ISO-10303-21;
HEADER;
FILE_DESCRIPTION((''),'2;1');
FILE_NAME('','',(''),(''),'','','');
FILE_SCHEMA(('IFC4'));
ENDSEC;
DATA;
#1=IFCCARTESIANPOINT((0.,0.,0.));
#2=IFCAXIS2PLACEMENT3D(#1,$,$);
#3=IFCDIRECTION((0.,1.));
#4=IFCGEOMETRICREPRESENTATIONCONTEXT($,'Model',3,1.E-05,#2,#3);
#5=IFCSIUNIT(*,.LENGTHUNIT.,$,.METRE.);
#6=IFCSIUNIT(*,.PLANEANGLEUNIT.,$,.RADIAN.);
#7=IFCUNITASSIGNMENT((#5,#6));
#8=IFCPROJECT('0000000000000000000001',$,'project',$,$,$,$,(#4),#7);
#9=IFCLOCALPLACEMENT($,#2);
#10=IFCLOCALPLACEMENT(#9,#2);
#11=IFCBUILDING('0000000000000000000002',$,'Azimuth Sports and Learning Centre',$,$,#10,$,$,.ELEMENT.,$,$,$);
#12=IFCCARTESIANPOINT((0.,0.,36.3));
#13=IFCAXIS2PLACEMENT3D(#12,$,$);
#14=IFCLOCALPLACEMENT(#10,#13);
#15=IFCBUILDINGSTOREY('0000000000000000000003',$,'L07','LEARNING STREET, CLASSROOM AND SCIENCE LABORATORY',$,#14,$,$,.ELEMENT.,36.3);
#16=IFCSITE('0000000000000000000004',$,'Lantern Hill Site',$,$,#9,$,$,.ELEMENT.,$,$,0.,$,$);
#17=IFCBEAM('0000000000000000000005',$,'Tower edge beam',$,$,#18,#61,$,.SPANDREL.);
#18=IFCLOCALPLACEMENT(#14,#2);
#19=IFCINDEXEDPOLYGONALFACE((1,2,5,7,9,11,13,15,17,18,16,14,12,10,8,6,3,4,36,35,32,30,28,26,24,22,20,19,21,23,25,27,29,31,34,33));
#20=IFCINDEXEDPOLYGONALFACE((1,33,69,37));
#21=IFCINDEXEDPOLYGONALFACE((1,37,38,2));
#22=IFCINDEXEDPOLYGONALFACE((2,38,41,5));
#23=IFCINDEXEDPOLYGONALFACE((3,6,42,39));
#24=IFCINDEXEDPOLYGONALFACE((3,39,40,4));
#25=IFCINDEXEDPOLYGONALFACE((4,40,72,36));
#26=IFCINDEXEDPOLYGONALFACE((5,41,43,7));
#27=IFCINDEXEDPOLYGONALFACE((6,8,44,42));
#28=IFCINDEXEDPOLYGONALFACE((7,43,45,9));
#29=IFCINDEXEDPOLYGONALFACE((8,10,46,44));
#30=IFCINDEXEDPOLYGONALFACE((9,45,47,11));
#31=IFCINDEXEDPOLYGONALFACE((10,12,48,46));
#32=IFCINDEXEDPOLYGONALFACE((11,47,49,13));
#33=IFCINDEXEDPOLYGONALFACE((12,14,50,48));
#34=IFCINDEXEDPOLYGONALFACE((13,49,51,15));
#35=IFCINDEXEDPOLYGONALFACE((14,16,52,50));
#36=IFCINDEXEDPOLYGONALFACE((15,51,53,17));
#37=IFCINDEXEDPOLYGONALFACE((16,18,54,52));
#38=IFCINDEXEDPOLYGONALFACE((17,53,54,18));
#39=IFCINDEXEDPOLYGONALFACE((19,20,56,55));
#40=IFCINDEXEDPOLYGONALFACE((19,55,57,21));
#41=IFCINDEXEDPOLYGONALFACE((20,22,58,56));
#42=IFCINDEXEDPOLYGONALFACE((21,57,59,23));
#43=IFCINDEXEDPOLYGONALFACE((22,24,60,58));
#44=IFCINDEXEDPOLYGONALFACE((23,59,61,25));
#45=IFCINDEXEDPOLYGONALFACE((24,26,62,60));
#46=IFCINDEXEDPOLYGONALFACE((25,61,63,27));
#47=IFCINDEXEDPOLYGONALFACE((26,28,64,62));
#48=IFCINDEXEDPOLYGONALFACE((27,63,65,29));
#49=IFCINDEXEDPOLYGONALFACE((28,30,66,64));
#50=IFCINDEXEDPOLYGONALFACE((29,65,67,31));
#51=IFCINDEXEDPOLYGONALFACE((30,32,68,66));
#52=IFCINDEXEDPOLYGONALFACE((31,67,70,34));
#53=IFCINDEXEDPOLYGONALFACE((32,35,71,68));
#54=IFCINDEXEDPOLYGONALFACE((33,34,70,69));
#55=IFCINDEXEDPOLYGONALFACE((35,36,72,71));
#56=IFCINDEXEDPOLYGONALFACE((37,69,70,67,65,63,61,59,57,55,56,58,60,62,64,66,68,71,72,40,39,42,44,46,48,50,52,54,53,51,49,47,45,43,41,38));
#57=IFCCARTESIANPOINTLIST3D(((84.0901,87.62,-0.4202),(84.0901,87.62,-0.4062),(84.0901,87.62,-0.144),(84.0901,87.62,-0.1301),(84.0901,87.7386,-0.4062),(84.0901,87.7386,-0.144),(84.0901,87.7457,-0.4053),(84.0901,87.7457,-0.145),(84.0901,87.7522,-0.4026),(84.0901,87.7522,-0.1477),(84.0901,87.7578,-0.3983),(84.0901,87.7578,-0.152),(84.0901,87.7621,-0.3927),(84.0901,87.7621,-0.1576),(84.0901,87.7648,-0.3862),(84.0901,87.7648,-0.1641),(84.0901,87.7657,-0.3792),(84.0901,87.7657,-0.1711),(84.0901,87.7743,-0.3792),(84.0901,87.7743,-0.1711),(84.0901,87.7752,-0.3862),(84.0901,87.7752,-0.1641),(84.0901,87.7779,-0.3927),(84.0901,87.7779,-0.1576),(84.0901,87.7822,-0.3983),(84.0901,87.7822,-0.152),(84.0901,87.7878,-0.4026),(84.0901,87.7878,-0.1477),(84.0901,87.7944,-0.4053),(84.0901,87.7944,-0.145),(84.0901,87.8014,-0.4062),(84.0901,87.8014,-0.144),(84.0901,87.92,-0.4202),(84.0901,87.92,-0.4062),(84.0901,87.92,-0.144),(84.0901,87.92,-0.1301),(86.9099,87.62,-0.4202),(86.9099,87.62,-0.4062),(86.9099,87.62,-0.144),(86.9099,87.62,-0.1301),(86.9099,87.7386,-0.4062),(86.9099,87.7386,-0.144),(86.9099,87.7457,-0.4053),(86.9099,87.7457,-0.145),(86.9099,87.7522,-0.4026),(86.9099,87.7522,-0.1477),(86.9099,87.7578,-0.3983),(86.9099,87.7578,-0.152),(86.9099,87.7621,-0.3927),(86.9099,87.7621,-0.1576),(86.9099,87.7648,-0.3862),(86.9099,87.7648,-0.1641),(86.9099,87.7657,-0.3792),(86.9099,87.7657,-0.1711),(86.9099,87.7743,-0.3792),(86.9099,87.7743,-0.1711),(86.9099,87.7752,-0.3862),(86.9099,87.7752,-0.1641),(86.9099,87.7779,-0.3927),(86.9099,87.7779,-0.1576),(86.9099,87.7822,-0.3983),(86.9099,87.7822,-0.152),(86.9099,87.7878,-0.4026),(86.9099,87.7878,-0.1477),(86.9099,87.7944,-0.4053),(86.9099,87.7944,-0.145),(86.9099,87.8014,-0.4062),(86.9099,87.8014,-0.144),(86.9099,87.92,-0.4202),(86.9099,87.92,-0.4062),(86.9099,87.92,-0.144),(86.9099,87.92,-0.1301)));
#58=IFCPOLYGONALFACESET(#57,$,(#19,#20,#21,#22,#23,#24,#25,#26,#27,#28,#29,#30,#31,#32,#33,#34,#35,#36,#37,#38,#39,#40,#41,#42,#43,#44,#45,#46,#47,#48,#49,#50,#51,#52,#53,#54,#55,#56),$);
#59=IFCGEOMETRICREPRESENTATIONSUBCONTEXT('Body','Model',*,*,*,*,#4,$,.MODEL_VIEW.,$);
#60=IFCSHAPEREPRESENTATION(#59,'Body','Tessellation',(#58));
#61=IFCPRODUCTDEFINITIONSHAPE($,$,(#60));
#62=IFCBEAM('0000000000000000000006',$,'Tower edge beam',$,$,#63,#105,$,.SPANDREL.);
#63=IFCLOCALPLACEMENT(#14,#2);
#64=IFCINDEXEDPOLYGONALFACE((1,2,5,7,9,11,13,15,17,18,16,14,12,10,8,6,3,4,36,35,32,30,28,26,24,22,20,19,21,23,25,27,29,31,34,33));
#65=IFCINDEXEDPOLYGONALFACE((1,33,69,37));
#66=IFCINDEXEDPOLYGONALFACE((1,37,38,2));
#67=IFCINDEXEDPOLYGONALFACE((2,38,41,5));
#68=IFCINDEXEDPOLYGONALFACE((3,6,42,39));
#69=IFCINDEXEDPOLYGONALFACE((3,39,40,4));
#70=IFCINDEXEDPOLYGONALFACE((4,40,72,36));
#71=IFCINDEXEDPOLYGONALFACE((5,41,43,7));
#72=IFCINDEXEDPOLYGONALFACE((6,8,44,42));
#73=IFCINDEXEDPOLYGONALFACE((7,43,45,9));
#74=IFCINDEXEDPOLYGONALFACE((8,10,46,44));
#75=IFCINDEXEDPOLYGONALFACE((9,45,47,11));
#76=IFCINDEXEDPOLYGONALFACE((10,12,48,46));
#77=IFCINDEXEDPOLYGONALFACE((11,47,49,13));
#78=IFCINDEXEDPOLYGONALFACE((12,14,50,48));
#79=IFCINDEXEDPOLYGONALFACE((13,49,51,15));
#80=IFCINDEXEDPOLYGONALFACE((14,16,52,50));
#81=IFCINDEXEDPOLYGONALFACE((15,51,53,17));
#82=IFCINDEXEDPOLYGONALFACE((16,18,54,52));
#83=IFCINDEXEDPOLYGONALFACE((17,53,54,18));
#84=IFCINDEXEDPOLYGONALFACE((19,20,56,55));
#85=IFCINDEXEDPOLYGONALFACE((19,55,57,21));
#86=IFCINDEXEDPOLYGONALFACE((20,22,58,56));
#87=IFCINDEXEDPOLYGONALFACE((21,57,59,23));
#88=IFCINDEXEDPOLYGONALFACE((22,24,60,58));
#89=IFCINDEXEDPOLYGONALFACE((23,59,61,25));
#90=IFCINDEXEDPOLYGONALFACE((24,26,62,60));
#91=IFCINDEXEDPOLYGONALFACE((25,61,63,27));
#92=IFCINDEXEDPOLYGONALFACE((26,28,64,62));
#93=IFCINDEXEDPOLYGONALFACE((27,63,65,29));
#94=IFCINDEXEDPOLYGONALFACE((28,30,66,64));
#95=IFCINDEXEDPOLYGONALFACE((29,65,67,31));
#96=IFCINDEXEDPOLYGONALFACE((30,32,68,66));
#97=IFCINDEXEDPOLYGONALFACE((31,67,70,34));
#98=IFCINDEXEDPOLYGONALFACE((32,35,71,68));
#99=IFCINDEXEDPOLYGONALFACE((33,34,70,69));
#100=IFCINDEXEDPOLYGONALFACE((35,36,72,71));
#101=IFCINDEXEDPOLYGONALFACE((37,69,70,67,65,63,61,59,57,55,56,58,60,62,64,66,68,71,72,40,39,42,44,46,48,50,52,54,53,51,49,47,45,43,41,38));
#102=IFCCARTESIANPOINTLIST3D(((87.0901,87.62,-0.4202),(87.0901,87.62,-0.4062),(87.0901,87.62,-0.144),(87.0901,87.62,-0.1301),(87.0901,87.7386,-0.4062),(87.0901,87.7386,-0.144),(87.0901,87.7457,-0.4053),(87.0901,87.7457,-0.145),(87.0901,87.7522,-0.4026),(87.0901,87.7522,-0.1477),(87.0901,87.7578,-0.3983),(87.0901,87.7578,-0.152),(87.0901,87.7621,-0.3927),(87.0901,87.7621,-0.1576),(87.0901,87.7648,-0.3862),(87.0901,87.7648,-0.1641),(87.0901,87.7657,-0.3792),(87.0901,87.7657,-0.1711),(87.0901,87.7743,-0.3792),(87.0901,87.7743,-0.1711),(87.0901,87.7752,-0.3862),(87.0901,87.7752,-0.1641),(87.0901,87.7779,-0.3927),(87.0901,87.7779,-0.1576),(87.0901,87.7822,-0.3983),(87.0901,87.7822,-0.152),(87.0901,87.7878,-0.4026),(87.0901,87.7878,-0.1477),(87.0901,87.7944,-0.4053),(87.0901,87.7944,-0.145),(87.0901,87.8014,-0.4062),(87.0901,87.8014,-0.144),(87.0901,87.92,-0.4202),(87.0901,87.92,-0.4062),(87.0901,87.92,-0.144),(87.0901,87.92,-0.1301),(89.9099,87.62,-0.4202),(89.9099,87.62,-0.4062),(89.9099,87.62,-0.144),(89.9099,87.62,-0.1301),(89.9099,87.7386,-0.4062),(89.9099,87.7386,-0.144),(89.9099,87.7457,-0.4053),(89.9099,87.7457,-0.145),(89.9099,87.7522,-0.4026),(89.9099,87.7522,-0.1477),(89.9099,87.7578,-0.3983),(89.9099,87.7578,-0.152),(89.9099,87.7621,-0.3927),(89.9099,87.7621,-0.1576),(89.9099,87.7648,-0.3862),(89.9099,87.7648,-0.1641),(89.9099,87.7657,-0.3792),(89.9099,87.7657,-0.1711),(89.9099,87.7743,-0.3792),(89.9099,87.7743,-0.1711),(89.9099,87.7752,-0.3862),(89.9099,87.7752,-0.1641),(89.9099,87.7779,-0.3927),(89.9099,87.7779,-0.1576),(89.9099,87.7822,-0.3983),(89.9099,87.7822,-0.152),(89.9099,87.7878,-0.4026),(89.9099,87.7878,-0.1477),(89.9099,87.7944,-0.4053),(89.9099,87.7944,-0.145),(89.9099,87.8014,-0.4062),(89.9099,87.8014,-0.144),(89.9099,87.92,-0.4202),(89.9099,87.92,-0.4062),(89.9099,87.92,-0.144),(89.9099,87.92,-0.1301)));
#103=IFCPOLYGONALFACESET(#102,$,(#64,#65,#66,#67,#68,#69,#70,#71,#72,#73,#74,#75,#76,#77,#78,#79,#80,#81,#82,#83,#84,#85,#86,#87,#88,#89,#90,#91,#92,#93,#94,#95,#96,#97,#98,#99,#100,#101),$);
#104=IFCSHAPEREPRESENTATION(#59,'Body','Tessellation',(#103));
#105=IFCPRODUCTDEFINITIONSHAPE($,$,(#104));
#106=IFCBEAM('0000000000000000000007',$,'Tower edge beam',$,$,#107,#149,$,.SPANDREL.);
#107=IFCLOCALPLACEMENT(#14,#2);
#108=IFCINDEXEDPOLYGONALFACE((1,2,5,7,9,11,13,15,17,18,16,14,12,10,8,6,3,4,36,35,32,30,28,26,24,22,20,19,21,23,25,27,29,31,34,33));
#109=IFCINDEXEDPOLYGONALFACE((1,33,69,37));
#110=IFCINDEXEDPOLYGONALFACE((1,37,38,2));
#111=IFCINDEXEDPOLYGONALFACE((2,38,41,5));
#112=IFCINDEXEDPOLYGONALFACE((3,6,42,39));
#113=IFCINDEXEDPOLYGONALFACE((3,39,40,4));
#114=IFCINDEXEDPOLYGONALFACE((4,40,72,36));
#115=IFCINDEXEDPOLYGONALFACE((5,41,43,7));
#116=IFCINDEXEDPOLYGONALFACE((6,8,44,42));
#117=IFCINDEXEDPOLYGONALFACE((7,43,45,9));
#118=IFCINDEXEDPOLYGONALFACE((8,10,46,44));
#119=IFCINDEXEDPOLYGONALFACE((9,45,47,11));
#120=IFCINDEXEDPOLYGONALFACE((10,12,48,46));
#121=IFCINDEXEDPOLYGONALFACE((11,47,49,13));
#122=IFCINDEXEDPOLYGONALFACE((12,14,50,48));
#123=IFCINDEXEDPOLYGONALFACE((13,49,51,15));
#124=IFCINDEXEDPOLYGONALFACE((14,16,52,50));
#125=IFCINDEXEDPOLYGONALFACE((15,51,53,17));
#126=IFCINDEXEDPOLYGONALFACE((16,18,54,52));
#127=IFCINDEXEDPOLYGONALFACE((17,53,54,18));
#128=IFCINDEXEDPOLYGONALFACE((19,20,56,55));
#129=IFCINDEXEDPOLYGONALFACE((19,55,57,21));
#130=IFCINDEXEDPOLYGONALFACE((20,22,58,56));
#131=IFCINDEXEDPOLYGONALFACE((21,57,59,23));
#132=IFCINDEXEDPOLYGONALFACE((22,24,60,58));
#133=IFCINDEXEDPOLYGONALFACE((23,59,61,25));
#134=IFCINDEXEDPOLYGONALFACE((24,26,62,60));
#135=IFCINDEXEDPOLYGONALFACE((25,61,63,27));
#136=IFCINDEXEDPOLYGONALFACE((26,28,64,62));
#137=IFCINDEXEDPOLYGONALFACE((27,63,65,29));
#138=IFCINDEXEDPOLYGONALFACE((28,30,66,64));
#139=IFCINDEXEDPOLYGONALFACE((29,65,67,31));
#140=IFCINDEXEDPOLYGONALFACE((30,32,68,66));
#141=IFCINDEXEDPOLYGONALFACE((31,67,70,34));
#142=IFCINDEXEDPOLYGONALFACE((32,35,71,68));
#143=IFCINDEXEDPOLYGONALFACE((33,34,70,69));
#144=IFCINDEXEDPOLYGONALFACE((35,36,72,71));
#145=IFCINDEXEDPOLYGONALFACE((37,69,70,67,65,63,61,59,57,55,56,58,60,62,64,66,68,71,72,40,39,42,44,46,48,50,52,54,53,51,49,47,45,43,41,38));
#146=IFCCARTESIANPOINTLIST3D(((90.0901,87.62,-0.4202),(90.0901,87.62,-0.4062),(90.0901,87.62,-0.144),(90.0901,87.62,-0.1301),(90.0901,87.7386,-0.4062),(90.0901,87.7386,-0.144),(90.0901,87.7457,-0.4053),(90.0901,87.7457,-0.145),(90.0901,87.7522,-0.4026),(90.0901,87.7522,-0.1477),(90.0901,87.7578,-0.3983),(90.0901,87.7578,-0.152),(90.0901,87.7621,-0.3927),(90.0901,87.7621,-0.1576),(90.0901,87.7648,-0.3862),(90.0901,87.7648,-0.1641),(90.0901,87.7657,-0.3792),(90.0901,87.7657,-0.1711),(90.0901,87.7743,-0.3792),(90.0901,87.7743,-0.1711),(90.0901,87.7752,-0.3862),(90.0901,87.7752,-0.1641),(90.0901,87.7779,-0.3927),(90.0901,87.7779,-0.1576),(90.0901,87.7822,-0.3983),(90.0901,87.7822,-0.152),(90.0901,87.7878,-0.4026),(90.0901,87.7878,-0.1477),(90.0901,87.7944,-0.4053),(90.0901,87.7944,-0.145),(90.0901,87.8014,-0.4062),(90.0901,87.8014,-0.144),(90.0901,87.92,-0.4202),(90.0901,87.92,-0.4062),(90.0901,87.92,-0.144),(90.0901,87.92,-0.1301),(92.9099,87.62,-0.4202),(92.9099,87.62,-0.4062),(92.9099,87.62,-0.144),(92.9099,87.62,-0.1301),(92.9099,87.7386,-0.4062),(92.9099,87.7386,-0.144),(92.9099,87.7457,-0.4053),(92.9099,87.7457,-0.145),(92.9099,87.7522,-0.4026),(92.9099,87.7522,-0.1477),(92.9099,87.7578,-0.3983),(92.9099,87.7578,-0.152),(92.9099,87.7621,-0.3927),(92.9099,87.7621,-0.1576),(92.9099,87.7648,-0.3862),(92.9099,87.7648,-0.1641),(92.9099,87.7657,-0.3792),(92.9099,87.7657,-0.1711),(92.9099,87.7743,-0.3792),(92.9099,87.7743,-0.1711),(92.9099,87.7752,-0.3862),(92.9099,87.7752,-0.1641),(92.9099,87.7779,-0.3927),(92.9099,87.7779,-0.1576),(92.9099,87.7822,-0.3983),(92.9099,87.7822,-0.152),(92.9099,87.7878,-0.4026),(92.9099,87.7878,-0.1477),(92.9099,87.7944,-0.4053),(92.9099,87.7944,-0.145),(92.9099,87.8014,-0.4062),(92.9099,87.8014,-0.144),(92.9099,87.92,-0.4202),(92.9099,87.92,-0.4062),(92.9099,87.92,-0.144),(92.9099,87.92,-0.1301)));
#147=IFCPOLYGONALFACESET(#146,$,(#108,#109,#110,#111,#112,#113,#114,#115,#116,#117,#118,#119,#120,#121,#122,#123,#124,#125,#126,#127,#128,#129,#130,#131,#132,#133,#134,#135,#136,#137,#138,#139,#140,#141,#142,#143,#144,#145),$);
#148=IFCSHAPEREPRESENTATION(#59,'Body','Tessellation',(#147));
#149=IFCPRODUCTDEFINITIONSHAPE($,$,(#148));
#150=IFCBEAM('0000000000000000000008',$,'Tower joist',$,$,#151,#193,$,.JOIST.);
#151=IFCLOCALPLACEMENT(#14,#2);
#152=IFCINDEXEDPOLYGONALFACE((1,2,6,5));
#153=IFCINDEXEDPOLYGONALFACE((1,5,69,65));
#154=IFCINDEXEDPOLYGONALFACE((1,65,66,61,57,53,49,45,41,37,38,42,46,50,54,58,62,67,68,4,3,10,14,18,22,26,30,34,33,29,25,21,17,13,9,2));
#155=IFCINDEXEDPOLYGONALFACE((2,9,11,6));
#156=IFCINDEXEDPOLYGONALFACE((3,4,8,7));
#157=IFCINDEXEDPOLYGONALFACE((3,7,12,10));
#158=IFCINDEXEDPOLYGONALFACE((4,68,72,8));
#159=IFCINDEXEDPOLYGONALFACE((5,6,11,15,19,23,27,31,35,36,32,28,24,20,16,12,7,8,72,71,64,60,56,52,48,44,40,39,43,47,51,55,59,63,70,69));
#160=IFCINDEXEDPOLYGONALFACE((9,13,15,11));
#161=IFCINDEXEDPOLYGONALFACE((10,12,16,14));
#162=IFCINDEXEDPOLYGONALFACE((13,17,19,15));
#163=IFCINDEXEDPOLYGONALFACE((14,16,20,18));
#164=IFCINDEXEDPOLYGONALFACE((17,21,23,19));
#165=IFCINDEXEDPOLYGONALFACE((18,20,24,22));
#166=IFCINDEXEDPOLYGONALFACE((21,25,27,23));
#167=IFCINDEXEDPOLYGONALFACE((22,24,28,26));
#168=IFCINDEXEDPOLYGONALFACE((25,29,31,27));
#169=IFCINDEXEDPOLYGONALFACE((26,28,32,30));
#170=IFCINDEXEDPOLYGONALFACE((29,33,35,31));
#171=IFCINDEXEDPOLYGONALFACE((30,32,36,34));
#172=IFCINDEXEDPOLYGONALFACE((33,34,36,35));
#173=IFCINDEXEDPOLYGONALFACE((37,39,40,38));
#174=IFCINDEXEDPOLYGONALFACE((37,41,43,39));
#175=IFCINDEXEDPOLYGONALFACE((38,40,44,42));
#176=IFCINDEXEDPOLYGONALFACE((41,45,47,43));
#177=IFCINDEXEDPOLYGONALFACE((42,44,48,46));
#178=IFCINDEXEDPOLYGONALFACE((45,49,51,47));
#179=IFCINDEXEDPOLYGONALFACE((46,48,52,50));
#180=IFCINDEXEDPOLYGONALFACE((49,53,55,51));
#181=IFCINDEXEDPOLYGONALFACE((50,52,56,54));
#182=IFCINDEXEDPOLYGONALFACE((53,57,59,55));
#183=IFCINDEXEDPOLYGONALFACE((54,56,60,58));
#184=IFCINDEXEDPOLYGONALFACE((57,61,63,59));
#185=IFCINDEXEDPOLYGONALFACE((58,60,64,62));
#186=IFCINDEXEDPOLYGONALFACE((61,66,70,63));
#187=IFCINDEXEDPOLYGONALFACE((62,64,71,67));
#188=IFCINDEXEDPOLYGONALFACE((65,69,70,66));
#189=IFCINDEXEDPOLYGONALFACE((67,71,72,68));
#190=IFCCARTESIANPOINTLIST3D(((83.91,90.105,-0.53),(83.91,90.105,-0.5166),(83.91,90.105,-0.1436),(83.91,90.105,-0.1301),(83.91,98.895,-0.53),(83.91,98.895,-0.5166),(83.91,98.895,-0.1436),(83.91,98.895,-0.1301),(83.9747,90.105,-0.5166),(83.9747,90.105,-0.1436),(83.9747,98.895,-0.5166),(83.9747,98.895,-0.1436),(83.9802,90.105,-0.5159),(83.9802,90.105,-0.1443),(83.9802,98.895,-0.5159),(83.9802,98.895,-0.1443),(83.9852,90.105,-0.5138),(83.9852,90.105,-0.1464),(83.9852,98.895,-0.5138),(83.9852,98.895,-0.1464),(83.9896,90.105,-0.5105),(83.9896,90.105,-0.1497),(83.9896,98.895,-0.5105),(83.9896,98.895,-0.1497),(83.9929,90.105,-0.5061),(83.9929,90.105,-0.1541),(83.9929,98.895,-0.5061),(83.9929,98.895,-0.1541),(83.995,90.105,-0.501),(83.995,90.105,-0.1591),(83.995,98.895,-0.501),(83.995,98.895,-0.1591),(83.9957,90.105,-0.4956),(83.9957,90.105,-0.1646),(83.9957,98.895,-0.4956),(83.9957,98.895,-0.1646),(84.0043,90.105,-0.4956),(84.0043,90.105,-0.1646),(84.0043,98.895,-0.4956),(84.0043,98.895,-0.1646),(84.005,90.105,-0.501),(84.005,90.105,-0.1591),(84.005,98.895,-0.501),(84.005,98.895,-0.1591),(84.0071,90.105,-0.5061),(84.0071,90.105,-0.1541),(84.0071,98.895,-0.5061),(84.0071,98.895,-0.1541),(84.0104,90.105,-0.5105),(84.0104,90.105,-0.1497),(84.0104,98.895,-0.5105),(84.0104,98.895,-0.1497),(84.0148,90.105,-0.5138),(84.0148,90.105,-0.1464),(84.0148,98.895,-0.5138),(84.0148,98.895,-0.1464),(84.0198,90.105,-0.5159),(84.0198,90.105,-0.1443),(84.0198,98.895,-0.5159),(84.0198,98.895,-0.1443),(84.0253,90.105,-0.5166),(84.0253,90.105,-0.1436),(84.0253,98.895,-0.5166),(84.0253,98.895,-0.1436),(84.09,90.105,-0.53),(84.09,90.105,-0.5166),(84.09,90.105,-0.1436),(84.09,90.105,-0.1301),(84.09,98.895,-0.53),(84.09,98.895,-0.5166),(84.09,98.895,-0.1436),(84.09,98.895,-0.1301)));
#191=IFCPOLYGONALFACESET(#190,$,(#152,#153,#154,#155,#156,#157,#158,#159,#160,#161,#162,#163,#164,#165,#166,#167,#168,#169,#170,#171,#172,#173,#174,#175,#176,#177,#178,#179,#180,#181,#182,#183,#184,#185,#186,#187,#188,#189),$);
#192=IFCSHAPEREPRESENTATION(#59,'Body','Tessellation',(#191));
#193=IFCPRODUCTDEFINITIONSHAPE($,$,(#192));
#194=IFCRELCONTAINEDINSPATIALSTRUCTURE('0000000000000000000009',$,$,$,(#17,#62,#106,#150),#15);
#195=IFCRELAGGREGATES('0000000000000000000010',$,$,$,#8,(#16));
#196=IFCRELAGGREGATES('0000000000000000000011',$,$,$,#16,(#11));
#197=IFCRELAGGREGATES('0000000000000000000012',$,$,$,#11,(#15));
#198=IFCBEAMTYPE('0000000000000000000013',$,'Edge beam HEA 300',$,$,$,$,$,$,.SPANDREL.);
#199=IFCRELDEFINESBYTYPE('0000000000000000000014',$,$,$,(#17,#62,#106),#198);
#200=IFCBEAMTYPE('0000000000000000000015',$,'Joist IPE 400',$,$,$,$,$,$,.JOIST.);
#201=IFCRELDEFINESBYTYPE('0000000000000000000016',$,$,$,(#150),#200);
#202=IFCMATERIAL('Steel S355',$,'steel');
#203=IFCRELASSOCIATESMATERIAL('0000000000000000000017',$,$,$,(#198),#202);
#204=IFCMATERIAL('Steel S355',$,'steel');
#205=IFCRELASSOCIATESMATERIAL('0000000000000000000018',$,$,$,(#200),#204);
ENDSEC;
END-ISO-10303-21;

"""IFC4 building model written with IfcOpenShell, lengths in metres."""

from ifc_helpers import new_model, si_unit, direction, frame, origin, origin_2d, place, context, subcontext, project, spatial, i_section, extrude, material, material_profile, profile_set, type_object, element, save


model = new_model("IFC4")

# Units and contexts
model_context = context("Model", 3, precision=1e-05, world=origin(), true_north=direction((0.0, 1.0)))
body_context = subcontext(model_context, "Body", "Model", "MODEL_VIEW")
ifc_project = project(units=[si_unit("LENGTHUNIT", "METRE"), si_unit("PLANEANGLEUNIT", "RADIAN")], contexts=[model_context])

# Site, building, storey
site_placement = place(None, origin())
site = spatial("IfcSite", under=ifc_project, at=site_placement, Name="Lantern Hill Site", CompositionType="ELEMENT", RefElevation=0.0)
building_placement = place(site_placement, origin())
building = spatial("IfcBuilding", under=site, at=building_placement, Name="Azimuth Sports and Learning Centre", CompositionType="ELEMENT")
storey_placement = place(building_placement, frame((0.0, 0.0, 36.3)))
storey = spatial("IfcBuildingStorey", under=building, at=storey_placement, Name="L07", Description="LEARNING STREET, CLASSROOM AND SCIENCE LABORATORY", CompositionType="ELEMENT", Elevation=36.3)

# Beams
ifc_material_1 = material(Name="Steel S355", Category="steel")
ifc_material_profile_1 = material_profile(ifc_material_1, i_section(OverallWidth=0.3, OverallDepth=0.29, WebThickness=0.0085, FlangeThickness=0.0139, FilletRadius=0.0271, at=origin_2d()), Name="HEA 300")
ifc_profile_set_1 = profile_set([ifc_material_profile_1], Name="Steel S355")
beam_type_1 = type_object("IfcBeamType", Name="Edge beam HEA 300", PredefinedType="SPANDREL", material=ifc_profile_set_1)
for number, where, z_axis, x_axis, name in (
    (1, (84.0901, 87.77, -0.2751), (1.0, 0.0, 0.0), (0.0, 1.0, 0.0), "Tower edge beam"),
    (2, (87.0901, 87.77, -0.2751), (1.0, 0.0, 0.0), (0.0, 1.0, 0.0), "Tower edge beam"),
    (3, (90.0901, 87.77, -0.2751), (1.0, 0.0, 0.0), (0.0, 1.0, 0.0), "Tower edge beam"),
):
    element("IfcBeam", number, at=place(storey_placement, frame(where, z_axis=z_axis, x_axis=x_axis)), inside=storey, type_object=beam_type_1, Name=name, PredefinedType="SPANDREL", context=body_context, shape_type="SweptSolid", body=[
        extrude(i_section(OverallWidth=0.3, OverallDepth=0.29, WebThickness=0.0085, FlangeThickness=0.0139, FilletRadius=0.0271, at=origin_2d()), origin(), (0.0, 0.0, 1.0), 2.8198),
    ])
ifc_material_2 = material(Name="Steel S355", Category="steel")
ifc_material_profile_2 = material_profile(ifc_material_2, i_section(OverallWidth=0.1799, OverallDepth=0.3999, WebThickness=0.0085, FlangeThickness=0.0134, FilletRadius=0.021, at=origin_2d()), Name="IPE 400")
ifc_profile_set_2 = profile_set([ifc_material_profile_2], Name="Steel S355")
beam_type_2 = type_object("IfcBeamType", Name="Joist IPE 400", PredefinedType="JOIST", material=ifc_profile_set_2)
for number, where, z_axis, x_axis, name in (
    (4, (84.0, 90.105, -0.3301), (0.0, 1.0, 0.0), (-1.0, 0.0, 0.0), "Tower joist"),
):
    element("IfcBeam", number, at=place(storey_placement, frame(where, z_axis=z_axis, x_axis=x_axis)), inside=storey, type_object=beam_type_2, Name=name, PredefinedType="JOIST", context=body_context, shape_type="SweptSolid", body=[
        extrude(i_section(OverallWidth=0.1799, OverallDepth=0.3999, WebThickness=0.0085, FlangeThickness=0.0134, FilletRadius=0.021, at=origin_2d()), origin(), (0.0, 0.0, 1.0), 8.79),
    ])

save(model, "model.ifc")
